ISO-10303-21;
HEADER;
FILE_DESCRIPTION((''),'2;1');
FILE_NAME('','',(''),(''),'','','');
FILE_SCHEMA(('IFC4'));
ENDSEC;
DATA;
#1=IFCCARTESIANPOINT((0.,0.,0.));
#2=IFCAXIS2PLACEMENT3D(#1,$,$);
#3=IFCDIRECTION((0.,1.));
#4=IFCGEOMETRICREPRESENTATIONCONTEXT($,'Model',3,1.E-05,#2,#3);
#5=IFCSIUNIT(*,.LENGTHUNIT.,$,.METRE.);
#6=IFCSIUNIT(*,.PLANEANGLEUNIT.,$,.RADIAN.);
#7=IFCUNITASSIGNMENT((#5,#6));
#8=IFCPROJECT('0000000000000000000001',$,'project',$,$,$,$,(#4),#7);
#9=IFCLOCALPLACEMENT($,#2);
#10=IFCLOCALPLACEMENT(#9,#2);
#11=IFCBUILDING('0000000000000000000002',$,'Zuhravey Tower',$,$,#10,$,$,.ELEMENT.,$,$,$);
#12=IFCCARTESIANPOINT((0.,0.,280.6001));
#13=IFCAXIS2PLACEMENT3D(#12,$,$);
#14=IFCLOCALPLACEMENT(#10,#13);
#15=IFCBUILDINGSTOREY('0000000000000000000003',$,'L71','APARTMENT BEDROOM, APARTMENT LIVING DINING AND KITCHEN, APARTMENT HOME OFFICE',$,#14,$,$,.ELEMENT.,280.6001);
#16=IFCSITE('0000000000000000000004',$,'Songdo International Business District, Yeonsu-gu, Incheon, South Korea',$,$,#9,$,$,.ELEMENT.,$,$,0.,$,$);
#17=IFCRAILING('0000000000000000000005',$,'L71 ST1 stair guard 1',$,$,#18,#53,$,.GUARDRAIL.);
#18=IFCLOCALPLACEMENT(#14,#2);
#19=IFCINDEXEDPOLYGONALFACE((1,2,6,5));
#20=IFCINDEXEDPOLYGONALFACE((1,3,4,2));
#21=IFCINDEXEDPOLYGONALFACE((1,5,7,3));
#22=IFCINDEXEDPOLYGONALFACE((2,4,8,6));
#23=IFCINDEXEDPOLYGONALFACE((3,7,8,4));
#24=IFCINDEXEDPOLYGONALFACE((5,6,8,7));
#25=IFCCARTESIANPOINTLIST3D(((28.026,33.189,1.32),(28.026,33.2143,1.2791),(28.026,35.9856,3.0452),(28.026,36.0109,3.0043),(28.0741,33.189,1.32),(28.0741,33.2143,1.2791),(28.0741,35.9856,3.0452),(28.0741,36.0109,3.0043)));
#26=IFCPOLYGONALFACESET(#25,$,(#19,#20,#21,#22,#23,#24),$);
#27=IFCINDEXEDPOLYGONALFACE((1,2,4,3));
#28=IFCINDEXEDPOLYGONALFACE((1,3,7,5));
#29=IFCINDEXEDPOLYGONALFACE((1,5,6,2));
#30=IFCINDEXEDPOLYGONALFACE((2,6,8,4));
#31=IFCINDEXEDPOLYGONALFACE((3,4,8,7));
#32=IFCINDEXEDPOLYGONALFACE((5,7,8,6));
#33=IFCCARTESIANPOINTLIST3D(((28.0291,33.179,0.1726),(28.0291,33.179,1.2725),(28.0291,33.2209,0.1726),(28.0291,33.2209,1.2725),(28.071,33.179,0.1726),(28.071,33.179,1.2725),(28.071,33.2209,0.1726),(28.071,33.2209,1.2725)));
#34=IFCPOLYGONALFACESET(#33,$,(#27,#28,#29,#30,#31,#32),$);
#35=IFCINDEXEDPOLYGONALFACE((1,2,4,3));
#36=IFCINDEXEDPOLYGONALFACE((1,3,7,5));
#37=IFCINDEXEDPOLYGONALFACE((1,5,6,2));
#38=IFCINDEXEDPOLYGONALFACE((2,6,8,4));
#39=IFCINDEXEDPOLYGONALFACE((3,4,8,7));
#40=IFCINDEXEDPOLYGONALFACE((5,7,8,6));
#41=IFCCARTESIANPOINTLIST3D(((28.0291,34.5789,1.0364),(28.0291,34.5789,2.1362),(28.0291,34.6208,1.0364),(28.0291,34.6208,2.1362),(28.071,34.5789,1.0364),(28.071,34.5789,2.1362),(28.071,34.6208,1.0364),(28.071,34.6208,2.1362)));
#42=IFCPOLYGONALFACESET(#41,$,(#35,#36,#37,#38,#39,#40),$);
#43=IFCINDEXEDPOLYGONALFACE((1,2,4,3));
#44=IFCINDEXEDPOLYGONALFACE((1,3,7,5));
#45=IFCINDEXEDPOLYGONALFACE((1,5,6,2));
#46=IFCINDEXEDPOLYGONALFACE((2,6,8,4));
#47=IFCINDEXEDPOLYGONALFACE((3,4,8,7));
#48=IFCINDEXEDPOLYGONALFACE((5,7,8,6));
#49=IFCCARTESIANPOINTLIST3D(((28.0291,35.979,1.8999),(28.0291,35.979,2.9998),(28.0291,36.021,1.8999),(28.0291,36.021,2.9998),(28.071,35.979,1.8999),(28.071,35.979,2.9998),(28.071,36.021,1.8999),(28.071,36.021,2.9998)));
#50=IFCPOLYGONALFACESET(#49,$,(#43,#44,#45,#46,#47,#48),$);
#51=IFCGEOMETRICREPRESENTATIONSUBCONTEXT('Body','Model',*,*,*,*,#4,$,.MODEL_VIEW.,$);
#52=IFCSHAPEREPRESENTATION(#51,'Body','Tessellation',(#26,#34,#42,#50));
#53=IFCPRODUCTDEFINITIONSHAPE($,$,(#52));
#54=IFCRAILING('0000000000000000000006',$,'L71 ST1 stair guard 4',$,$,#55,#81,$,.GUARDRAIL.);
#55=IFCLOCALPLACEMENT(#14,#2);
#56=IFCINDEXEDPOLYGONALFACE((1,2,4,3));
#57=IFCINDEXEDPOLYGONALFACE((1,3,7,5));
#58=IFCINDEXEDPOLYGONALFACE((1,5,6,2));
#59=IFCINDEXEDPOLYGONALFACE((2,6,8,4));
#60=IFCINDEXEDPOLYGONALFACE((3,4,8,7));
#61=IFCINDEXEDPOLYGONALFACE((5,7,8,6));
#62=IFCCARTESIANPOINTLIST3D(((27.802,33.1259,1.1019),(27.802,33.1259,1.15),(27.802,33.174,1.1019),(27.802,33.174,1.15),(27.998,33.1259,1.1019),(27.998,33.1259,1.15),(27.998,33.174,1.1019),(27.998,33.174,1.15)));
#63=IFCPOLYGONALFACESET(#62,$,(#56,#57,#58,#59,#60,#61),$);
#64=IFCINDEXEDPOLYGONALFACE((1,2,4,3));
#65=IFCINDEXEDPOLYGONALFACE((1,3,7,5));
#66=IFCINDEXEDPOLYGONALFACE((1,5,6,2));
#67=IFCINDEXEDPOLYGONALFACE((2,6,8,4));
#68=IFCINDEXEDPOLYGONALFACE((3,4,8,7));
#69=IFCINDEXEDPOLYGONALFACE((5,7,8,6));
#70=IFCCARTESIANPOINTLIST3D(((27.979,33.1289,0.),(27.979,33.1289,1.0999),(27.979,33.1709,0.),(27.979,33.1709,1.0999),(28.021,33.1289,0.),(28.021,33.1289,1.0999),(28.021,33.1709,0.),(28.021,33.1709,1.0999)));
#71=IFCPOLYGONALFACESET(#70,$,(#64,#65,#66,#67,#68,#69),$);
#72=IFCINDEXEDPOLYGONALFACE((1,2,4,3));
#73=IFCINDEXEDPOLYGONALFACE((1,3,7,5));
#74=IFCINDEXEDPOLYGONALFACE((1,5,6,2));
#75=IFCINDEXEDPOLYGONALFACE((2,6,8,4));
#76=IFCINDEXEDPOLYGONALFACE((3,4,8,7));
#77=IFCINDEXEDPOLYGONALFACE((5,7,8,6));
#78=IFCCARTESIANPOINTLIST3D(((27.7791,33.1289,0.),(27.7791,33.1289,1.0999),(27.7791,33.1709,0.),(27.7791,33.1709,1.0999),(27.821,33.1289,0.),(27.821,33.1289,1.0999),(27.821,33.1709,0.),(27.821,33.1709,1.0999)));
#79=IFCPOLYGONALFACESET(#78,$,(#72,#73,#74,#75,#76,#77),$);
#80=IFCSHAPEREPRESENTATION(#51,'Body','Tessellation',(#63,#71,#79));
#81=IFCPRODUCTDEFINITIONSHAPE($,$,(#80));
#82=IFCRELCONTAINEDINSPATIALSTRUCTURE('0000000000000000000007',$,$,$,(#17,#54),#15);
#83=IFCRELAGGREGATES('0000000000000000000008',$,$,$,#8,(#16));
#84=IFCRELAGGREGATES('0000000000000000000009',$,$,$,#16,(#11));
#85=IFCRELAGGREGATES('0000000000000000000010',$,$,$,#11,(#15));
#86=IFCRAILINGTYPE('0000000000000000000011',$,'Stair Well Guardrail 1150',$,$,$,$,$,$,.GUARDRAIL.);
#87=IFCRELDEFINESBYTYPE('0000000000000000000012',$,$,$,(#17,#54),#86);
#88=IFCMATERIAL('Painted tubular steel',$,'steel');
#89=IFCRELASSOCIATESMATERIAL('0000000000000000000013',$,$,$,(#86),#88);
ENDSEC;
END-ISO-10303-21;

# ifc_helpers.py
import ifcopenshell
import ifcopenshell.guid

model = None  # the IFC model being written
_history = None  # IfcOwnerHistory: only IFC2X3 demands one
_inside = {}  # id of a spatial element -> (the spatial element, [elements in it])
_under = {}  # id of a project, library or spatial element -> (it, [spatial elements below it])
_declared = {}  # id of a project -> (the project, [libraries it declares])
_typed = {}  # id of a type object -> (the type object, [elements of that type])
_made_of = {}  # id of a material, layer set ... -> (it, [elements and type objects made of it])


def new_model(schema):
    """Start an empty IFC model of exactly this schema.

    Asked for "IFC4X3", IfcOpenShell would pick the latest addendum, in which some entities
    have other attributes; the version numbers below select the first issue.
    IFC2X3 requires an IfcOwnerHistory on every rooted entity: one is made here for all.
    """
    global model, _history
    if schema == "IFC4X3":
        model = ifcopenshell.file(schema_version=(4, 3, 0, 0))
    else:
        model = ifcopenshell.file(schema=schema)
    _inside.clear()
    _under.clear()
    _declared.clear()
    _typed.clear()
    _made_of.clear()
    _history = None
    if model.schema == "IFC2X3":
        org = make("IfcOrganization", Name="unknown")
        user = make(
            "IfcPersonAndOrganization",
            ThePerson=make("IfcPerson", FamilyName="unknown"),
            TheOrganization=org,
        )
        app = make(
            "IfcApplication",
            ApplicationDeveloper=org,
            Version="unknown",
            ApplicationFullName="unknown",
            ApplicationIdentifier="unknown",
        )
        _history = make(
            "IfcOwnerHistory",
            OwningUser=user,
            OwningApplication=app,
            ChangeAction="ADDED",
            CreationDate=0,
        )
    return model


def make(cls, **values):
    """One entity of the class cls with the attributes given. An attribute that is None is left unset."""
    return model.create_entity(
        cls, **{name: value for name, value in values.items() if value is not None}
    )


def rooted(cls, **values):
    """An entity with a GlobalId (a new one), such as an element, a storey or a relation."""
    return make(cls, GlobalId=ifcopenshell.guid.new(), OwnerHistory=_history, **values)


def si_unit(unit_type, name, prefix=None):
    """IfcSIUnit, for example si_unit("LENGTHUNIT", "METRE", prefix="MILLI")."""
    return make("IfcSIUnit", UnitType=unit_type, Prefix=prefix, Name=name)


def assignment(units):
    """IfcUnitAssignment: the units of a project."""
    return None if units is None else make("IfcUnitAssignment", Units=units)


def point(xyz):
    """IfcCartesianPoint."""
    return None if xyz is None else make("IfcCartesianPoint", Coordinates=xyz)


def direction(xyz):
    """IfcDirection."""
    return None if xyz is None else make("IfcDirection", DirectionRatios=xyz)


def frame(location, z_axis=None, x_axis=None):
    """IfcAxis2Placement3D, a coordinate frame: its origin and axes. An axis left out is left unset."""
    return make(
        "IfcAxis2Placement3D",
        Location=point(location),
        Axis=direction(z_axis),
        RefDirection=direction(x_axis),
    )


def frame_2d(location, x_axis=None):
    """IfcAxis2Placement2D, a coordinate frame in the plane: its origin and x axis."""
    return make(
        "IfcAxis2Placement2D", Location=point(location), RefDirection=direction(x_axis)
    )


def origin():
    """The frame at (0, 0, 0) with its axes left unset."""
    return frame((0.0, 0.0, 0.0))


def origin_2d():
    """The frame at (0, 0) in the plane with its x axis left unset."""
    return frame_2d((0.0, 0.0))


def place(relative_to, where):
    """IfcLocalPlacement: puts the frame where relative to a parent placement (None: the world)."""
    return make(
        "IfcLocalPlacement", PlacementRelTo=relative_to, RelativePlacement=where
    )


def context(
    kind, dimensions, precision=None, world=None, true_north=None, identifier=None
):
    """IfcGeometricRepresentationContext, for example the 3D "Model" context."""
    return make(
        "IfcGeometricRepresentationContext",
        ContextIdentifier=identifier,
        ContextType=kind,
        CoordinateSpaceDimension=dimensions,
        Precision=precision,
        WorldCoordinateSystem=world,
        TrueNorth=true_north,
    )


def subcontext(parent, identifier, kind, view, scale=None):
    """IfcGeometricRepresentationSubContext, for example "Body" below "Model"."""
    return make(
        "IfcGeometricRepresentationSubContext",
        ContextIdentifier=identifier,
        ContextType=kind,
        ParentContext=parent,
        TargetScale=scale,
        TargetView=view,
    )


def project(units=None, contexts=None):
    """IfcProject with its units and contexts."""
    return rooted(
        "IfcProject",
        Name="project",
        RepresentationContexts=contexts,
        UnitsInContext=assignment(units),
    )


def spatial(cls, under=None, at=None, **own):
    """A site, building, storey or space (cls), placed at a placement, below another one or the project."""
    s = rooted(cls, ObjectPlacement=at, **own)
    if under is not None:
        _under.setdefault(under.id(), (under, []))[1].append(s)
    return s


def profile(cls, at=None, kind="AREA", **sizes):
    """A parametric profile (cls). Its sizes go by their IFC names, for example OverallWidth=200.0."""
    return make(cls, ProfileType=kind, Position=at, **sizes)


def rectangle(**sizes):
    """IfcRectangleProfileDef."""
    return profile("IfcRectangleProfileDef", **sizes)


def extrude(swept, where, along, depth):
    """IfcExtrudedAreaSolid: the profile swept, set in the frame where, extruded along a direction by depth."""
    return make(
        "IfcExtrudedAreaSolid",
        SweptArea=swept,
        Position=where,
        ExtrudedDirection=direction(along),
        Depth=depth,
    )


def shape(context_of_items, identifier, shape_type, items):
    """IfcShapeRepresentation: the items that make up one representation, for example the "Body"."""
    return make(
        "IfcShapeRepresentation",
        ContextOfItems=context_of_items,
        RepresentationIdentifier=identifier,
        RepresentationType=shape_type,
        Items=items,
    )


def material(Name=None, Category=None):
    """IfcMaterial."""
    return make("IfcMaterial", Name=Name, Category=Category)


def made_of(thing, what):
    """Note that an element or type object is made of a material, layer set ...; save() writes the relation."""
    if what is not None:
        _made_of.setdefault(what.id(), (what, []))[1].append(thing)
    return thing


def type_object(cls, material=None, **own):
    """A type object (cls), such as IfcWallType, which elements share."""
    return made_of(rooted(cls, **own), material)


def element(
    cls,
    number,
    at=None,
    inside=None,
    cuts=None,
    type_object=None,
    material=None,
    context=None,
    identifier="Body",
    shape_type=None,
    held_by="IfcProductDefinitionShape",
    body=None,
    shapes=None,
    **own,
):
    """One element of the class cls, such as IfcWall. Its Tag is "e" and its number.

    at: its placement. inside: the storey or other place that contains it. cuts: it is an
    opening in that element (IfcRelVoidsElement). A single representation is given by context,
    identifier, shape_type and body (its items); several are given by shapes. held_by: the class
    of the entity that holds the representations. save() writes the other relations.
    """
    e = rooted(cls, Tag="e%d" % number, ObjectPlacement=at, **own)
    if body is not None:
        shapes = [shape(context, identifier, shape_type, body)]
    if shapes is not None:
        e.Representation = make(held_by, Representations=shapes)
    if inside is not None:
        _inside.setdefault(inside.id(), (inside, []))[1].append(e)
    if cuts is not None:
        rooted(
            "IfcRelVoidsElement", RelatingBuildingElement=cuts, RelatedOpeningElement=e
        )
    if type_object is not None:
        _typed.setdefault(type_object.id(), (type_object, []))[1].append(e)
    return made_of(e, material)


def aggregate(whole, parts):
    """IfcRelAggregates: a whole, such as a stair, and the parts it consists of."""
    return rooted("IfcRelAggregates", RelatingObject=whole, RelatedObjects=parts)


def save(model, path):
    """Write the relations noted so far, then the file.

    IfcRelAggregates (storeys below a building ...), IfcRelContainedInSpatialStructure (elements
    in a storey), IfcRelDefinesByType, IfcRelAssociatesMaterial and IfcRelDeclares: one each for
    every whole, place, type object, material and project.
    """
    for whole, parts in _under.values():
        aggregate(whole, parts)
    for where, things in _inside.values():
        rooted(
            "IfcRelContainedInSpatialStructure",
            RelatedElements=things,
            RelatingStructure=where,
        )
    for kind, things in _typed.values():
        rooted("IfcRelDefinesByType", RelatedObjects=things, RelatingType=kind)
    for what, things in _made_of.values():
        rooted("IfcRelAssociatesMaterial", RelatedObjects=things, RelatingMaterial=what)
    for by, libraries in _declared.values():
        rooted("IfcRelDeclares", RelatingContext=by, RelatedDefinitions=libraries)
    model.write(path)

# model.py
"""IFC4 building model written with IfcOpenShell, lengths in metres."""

from ifc_helpers import new_model, si_unit, direction, frame, origin, origin_2d, place, context, subcontext, project, spatial, rectangle, extrude, material, type_object, element, save


model = new_model("IFC4")

# Units and contexts
model_context = context("Model", 3, precision=1e-05, world=origin(), true_north=direction((0.0, 1.0)))
body_context = subcontext(model_context, "Body", "Model", "MODEL_VIEW")
ifc_project = project(units=[si_unit("LENGTHUNIT", "METRE"), si_unit("PLANEANGLEUNIT", "RADIAN")], contexts=[model_context])

# Site, building, storey
site_placement = place(None, origin())
site = spatial("IfcSite", under=ifc_project, at=site_placement, Name="Songdo International Business District, Yeonsu-gu, Incheon, South Korea", CompositionType="ELEMENT", RefElevation=0.0)
building_placement = place(site_placement, origin())
building = spatial("IfcBuilding", under=site, at=building_placement, Name="Zuhravey Tower", CompositionType="ELEMENT")
storey_placement = place(building_placement, frame((0.0, 0.0, 280.6001)))
storey = spatial("IfcBuildingStorey", under=building, at=storey_placement, Name="L71", Description="APARTMENT BEDROOM, APARTMENT LIVING DINING AND KITCHEN, APARTMENT HOME OFFICE", CompositionType="ELEMENT", Elevation=280.6001)

# Railings
ifc_material_1 = material(Name="Painted tubular steel", Category="steel")
railing_type = type_object("IfcRailingType", Name="Stair Well Guardrail 1150", PredefinedType="GUARDRAIL", material=ifc_material_1)
railing_1_placement = place(storey_placement, frame((28.05, 33.2, 0.1726)))
element("IfcRailing", 1, at=railing_1_placement, inside=storey, type_object=railing_type, Name="L71 ST1 stair guard 1", PredefinedType="GUARDRAIL", context=body_context, shape_type="SweptSolid", body=[
    extrude(rectangle(XDim=0.0481, YDim=0.0481, at=origin_2d()), frame((0.0, 0.0017, 1.127), z_axis=(0.0, 0.85109, 0.52502), x_axis=(-1.0, 0.0, 0.0)), (0.0, 0.0, 1.0), 3.2859),
    extrude(rectangle(XDim=0.042, YDim=0.042, at=origin_2d()), origin(), (0.0, 0.0, 1.0), 1.0999),
    extrude(rectangle(XDim=0.042, YDim=0.042, at=origin_2d()), frame((0.0, 1.3999, 0.8638)), (0.0, 0.0, 1.0), 1.0999),
    extrude(rectangle(XDim=0.042, YDim=0.042, at=origin_2d()), frame((0.0, 2.8, 1.7273)), (0.0, 0.0, 1.0), 1.0999),
])
railing_2_placement = place(storey_placement, frame((28.0, 33.1499, 0.0)))
element("IfcRailing", 2, at=railing_2_placement, inside=storey, type_object=railing_type, Name="L71 ST1 stair guard 4", PredefinedType="GUARDRAIL", context=body_context, shape_type="SweptSolid", body=[
    extrude(rectangle(XDim=0.0481, YDim=0.0481, at=origin_2d()), frame((-0.002, 0.0, 1.126), z_axis=(-1.0, 0.0, 0.0), x_axis=(0.0, -1.0, 0.0)), (0.0, 0.0, 1.0), 0.196),
    extrude(rectangle(XDim=0.042, YDim=0.042, at=origin_2d()), origin(), (0.0, 0.0, 1.0), 1.0999),
    extrude(rectangle(XDim=0.042, YDim=0.042, at=origin_2d()), frame((-0.2, 0.0, 0.0)), (0.0, 0.0, 1.0), 1.0999),
])

save(model, "model.ifc")
